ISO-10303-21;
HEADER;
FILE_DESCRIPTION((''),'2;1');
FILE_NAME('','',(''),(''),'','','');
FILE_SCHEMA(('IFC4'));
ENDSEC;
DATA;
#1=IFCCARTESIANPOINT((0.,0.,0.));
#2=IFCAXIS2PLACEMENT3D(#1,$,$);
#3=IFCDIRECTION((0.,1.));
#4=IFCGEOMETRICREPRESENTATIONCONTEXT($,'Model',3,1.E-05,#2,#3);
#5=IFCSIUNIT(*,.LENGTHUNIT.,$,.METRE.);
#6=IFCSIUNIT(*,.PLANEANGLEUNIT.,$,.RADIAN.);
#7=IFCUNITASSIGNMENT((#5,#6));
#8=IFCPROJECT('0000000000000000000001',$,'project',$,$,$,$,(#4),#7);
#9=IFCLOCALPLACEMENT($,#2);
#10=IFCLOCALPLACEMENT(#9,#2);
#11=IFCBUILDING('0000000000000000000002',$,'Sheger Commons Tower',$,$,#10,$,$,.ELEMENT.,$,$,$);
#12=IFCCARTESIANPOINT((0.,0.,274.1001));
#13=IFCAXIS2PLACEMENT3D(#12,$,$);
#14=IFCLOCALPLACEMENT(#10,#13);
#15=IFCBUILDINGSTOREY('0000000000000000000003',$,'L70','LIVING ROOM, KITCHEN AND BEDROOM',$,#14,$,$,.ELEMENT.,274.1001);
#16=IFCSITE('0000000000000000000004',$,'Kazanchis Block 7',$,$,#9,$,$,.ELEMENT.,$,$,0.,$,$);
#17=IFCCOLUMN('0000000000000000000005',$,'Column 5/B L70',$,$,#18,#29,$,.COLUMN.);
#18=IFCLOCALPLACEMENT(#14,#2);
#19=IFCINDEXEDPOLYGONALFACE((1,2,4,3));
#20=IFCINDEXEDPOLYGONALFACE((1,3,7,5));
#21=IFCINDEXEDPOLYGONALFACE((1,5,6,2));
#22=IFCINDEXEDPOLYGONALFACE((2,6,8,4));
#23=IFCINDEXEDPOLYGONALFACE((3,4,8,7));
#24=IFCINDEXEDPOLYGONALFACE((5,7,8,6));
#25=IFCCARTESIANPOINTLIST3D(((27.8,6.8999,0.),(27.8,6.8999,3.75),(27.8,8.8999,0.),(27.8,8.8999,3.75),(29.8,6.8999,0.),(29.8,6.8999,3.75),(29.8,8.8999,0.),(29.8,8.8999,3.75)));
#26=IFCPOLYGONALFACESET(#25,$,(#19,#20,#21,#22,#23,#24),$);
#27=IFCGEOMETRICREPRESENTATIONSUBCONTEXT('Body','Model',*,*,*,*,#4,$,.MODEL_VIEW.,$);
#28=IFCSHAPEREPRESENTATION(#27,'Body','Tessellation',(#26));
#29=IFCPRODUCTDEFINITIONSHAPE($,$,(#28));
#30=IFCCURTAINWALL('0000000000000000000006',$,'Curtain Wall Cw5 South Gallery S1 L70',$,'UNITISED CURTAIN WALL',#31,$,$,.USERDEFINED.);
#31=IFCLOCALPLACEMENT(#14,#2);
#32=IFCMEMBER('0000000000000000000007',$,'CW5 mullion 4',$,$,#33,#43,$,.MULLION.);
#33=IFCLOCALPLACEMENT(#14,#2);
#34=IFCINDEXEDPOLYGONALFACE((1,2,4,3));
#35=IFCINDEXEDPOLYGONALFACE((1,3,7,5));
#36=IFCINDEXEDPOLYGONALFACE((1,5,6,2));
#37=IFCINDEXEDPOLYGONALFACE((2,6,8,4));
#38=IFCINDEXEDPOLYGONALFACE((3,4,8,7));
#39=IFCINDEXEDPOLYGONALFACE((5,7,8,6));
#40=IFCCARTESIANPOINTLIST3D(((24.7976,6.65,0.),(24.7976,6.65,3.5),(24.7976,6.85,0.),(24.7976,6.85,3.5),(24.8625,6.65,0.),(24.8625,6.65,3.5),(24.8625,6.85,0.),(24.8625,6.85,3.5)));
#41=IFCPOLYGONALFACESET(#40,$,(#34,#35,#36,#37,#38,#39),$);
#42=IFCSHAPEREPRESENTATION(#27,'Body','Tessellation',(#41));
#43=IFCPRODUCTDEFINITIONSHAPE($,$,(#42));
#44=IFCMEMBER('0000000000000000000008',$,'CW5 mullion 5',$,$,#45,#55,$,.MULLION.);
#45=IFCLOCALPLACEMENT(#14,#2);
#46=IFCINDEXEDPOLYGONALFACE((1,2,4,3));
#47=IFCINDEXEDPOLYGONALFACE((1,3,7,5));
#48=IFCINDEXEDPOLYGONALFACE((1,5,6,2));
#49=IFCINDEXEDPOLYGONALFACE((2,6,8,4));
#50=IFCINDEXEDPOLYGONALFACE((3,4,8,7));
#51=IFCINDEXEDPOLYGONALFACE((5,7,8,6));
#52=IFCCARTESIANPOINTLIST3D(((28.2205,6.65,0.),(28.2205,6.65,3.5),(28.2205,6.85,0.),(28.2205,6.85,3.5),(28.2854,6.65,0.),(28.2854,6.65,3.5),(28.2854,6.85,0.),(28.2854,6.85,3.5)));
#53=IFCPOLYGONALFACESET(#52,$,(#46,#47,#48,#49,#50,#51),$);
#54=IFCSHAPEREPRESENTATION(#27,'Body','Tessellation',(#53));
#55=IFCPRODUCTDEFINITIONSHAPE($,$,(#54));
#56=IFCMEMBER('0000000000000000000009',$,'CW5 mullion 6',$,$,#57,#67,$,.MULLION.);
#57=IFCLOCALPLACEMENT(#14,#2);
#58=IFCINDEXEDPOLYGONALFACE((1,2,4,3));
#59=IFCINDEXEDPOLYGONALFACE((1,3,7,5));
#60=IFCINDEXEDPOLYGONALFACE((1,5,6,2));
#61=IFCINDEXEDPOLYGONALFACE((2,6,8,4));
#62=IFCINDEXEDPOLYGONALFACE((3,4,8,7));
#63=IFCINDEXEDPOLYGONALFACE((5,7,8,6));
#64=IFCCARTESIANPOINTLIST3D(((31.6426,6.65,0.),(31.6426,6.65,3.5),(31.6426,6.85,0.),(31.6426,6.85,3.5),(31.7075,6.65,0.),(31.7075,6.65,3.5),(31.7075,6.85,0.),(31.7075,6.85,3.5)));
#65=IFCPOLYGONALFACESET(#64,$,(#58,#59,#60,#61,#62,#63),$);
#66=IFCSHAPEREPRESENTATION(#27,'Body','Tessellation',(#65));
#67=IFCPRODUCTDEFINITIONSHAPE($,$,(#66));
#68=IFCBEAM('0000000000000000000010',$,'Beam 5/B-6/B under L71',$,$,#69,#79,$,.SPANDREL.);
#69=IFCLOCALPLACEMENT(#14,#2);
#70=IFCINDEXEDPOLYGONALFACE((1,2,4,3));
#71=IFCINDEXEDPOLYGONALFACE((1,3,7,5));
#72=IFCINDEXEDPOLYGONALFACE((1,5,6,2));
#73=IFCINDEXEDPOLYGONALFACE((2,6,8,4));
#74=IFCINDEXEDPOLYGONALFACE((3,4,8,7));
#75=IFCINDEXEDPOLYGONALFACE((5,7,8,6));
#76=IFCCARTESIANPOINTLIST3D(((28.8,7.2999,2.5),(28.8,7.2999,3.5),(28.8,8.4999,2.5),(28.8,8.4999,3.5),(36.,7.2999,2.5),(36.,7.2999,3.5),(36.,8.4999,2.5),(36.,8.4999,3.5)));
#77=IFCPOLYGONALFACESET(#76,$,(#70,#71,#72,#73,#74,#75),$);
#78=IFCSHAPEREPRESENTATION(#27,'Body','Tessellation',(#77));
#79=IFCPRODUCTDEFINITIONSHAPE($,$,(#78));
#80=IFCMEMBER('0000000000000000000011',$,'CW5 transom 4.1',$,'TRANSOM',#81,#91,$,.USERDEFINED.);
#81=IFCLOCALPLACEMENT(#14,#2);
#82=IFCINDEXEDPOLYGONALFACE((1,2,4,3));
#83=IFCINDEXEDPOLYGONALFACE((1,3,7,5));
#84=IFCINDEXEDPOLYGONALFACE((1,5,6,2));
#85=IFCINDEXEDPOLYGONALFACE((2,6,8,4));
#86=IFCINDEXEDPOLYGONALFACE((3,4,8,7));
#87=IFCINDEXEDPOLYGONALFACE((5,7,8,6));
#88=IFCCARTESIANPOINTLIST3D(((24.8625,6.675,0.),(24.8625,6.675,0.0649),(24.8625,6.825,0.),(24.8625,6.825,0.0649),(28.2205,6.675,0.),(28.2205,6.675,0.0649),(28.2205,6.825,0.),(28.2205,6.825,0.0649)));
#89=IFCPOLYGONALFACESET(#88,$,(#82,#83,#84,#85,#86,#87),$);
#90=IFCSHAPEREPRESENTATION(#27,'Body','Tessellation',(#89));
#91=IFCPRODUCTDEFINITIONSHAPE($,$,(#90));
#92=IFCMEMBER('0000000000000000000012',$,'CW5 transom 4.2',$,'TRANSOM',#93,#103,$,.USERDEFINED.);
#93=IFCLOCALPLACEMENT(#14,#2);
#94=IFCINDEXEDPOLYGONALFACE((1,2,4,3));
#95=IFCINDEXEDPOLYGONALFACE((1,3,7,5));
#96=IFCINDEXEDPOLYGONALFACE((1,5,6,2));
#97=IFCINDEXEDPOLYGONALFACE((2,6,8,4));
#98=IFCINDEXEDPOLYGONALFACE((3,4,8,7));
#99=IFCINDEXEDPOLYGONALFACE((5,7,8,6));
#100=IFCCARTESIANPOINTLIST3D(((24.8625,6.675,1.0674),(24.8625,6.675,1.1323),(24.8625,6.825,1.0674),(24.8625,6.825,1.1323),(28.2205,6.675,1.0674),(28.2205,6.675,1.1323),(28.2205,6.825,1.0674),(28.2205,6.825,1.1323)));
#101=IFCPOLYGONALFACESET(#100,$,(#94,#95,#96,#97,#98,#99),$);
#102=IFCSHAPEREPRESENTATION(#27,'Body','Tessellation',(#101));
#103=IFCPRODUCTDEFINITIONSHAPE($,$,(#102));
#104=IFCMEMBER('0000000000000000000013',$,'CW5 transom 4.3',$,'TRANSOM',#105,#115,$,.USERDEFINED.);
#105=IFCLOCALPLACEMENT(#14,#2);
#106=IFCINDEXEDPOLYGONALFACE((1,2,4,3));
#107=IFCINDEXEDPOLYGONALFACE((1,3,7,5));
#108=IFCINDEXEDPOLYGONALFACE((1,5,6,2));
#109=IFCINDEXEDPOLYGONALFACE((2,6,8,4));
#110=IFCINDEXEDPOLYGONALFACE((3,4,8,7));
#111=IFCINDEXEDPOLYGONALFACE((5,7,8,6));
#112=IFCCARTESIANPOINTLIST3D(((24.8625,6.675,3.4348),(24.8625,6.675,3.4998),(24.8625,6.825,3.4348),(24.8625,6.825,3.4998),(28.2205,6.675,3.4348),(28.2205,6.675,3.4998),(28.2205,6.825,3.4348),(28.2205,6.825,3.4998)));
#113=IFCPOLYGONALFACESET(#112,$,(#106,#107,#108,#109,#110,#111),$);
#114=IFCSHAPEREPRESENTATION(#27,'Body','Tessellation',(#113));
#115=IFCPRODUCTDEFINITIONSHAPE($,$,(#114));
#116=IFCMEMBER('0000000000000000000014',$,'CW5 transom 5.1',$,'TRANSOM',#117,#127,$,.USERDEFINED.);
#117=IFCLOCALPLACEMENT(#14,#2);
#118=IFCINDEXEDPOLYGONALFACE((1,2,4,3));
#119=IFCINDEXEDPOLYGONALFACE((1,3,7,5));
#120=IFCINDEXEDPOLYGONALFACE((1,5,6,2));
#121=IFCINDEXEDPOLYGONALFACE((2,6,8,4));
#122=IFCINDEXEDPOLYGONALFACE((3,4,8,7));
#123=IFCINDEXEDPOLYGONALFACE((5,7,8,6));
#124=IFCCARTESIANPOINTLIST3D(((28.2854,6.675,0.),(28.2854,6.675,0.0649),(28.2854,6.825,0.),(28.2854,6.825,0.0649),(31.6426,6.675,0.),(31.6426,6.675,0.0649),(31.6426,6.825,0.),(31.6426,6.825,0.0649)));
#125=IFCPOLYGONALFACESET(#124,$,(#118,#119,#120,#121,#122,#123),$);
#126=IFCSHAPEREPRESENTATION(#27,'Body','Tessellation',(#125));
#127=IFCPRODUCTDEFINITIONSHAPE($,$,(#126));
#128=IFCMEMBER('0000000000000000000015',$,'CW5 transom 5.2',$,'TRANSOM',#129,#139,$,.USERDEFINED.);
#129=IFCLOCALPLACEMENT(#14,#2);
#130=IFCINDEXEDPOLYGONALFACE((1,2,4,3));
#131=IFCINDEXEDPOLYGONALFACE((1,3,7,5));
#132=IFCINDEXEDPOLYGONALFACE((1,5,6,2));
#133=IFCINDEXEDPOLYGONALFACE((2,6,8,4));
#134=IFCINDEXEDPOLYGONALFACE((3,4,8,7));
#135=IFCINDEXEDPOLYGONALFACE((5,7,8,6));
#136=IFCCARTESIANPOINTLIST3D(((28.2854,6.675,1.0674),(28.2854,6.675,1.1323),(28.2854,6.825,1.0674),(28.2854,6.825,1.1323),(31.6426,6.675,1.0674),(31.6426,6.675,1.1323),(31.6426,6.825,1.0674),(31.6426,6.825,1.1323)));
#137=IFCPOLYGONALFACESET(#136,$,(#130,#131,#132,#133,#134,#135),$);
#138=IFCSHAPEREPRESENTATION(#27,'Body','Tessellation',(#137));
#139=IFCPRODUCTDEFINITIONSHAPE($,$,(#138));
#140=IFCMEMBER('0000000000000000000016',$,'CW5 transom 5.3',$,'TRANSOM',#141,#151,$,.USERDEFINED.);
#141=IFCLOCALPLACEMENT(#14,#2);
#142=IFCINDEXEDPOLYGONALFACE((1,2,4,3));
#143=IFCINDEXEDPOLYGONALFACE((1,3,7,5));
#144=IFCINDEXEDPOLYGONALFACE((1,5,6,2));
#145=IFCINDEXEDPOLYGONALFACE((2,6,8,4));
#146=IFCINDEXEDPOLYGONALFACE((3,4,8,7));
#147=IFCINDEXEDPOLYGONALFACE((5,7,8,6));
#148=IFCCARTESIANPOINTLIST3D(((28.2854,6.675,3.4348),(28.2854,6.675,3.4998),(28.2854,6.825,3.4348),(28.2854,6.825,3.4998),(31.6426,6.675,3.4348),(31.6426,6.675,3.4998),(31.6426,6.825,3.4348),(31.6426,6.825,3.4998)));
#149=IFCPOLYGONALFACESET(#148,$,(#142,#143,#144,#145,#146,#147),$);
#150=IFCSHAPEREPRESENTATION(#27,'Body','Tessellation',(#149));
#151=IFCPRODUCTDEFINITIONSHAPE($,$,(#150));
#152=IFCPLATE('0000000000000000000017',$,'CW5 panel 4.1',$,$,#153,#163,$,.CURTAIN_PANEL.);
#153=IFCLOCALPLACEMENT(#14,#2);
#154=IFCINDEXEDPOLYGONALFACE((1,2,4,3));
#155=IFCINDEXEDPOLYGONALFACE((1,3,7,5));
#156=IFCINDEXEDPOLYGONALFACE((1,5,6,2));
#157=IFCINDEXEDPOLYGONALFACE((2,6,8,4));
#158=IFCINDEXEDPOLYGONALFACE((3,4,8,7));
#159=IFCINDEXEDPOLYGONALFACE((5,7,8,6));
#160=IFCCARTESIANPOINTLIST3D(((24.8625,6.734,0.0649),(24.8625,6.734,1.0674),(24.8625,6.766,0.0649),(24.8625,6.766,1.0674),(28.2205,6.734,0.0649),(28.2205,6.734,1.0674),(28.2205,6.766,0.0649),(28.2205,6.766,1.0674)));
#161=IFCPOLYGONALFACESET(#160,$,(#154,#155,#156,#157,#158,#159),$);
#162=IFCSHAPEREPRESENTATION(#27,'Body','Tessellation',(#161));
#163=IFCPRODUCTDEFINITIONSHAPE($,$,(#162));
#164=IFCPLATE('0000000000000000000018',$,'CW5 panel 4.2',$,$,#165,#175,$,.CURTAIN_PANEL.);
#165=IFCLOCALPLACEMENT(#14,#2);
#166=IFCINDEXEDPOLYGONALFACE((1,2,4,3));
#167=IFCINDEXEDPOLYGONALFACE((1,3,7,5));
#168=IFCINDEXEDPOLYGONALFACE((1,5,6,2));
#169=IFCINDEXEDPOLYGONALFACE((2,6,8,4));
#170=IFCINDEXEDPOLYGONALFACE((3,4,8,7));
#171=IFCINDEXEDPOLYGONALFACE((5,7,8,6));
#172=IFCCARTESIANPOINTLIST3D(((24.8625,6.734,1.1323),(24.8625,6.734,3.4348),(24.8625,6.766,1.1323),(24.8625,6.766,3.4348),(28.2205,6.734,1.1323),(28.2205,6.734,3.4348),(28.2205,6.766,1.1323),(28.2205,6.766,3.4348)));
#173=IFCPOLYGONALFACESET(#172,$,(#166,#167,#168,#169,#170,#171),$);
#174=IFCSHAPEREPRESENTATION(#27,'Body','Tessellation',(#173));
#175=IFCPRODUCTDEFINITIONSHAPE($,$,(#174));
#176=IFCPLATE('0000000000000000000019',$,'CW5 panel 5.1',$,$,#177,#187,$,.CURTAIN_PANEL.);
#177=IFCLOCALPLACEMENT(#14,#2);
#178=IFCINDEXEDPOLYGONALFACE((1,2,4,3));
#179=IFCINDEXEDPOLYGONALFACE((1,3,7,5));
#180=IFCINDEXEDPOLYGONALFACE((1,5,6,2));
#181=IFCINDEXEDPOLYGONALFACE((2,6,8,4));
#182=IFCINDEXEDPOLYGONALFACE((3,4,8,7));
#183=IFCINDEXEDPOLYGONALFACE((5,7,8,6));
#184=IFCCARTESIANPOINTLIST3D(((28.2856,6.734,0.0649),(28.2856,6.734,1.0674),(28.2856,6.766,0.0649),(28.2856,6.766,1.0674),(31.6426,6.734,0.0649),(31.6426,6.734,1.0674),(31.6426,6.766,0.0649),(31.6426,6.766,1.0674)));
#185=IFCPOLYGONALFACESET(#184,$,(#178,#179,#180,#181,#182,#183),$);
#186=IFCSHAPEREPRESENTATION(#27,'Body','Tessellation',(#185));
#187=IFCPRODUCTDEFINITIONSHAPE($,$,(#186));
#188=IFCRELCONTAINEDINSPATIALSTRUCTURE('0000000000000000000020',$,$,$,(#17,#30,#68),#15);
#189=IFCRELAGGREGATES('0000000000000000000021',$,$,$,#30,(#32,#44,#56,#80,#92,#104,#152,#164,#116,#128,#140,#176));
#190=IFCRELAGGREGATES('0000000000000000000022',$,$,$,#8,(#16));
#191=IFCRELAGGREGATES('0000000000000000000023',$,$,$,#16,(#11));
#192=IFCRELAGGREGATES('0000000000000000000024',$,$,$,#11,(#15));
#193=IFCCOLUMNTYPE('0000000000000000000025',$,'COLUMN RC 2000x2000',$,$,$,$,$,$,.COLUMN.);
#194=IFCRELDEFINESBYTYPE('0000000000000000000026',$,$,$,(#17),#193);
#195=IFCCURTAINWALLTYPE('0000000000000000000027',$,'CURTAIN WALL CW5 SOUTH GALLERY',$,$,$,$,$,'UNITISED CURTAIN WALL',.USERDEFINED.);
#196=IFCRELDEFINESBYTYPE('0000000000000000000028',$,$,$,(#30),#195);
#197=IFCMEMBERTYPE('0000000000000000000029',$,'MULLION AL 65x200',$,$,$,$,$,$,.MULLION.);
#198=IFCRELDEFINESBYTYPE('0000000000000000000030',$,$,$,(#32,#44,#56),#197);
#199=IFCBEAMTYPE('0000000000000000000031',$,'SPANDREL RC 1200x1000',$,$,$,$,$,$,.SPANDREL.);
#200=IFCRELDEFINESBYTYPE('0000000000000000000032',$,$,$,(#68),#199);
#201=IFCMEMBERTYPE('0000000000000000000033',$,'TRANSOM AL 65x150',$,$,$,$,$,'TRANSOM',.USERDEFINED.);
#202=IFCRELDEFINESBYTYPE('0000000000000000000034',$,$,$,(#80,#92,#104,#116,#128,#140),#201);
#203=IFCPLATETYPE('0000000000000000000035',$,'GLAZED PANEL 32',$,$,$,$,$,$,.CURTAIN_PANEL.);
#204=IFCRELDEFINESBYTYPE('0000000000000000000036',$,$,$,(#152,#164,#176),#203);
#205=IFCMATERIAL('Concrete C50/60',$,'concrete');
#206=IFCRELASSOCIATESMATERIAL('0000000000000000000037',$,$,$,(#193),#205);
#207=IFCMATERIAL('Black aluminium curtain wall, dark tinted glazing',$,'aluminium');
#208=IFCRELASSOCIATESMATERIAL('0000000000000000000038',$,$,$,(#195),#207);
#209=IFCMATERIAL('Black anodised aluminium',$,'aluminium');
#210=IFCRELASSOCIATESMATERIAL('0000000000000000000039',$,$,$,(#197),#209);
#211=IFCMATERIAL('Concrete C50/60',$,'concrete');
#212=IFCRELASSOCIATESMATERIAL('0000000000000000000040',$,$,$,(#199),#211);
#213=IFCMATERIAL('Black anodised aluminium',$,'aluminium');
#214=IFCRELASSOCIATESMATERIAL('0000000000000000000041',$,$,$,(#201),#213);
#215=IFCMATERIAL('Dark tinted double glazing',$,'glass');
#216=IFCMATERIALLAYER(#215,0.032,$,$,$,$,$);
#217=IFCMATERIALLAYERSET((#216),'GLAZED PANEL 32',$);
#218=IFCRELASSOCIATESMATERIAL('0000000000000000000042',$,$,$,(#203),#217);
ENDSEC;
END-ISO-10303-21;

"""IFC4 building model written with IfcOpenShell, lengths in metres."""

from ifc_helpers import new_model, si_unit, direction, frame, origin, origin_2d, place, context, subcontext, project, spatial, rectangle, extrude, material, layer, layer_set, material_profile, profile_set, type_object, element, aggregate, save


model = new_model("IFC4")

# Units and contexts
model_context = context("Model", 3, precision=1e-05, world=origin(), true_north=direction((0.0, 1.0)))
body_context = subcontext(model_context, "Body", "Model", "MODEL_VIEW")
ifc_project = project(units=[si_unit("LENGTHUNIT", "METRE"), si_unit("PLANEANGLEUNIT", "RADIAN")], contexts=[model_context])

# Site, building, storey
site_placement = place(None, origin())
site = spatial("IfcSite", under=ifc_project, at=site_placement, Name="Kazanchis Block 7", CompositionType="ELEMENT", RefElevation=0.0)
building_placement = place(site_placement, origin())
building = spatial("IfcBuilding", under=site, at=building_placement, Name="Sheger Commons Tower", CompositionType="ELEMENT")
storey_placement = place(building_placement, frame((0.0, 0.0, 274.1001)))
storey = spatial("IfcBuildingStorey", under=building, at=storey_placement, Name="L70", Description="LIVING ROOM, KITCHEN AND BEDROOM", CompositionType="ELEMENT", Elevation=274.1001)

# Column
ifc_material_1 = material(Name="Concrete C50/60", Category="concrete")
ifc_material_profile_1 = material_profile(ifc_material_1, rectangle(XDim=2.0, YDim=2.0, at=origin_2d()), Name="RC 2000x2000")
ifc_profile_set_1 = profile_set([ifc_material_profile_1], Name="Concrete C50/60")
column_type = type_object("IfcColumnType", Name="COLUMN RC 2000x2000", PredefinedType="COLUMN", material=ifc_profile_set_1)
column_placement = place(storey_placement, frame((28.8, 7.8999, 0.0), z_axis=(0.0, 0.0, 1.0), x_axis=(1.0, 0.0, 0.0)))
element("IfcColumn", 1, at=column_placement, inside=storey, type_object=column_type, Name="Column 5/B L70", PredefinedType="COLUMN", context=body_context, shape_type="SweptSolid", body=[
    extrude(rectangle(XDim=2.0, YDim=2.0, at=origin_2d()), origin(), (0.0, 0.0, 1.0), 3.75),
])

# Curtain wall, members
ifc_material_2 = material(Name="Black aluminium curtain wall, dark tinted glazing", Category="aluminium")
curtain_wall_type = type_object("IfcCurtainWallType", Name="CURTAIN WALL CW5 SOUTH GALLERY", ElementType="UNITISED CURTAIN WALL", PredefinedType="USERDEFINED", material=ifc_material_2)
curtain_wall_placement = place(storey_placement, origin())
curtain_wall = element("IfcCurtainWall", 2, at=curtain_wall_placement, inside=storey, type_object=curtain_wall_type, Name="Curtain Wall Cw5 South Gallery S1 L70", ObjectType="UNITISED CURTAIN WALL", PredefinedType="USERDEFINED")
ifc_material_3 = material(Name="Black anodised aluminium", Category="aluminium")
ifc_material_profile_2 = material_profile(ifc_material_3, rectangle(XDim=0.2, YDim=0.0649, at=origin_2d()), Name="AL 65x200")
ifc_profile_set_2 = profile_set([ifc_material_profile_2], Name="Black anodised aluminium")
member_type_1 = type_object("IfcMemberType", Name="MULLION AL 65x200", PredefinedType="MULLION", material=ifc_profile_set_2)
member_1_placement = place(storey_placement, frame((24.8301, 6.75, 0.0), z_axis=(0.0, 0.0, 1.0), x_axis=(0.0, 1.0, 0.0)))
member_1 = element("IfcMember", 3, at=member_1_placement, type_object=member_type_1, Name="CW5 mullion 4", PredefinedType="MULLION", context=body_context, shape_type="SweptSolid", body=[
    extrude(rectangle(XDim=0.2, YDim=0.0649, at=origin_2d()), origin(), (0.0, 0.0, 1.0), 3.5),
])
member_2_placement = place(storey_placement, frame((28.2529, 6.75, 0.0), z_axis=(0.0, 0.0, 1.0), x_axis=(0.0, 1.0, 0.0)))
member_2 = element("IfcMember", 4, at=member_2_placement, type_object=member_type_1, Name="CW5 mullion 5", PredefinedType="MULLION", context=body_context, shape_type="SweptSolid", body=[
    extrude(rectangle(XDim=0.2, YDim=0.0649, at=origin_2d()), origin(), (0.0, 0.0, 1.0), 3.5),
])
member_3_placement = place(storey_placement, frame((31.675, 6.75, 0.0), z_axis=(0.0, 0.0, 1.0), x_axis=(0.0, 1.0, 0.0)))
member_3 = element("IfcMember", 5, at=member_3_placement, type_object=member_type_1, Name="CW5 mullion 6", PredefinedType="MULLION", context=body_context, shape_type="SweptSolid", body=[
    extrude(rectangle(XDim=0.2, YDim=0.0649, at=origin_2d()), origin(), (0.0, 0.0, 1.0), 3.5),
])

# Beam
ifc_material_4 = material(Name="Concrete C50/60", Category="concrete")
ifc_material_profile_3 = material_profile(ifc_material_4, rectangle(XDim=1.2, YDim=1.0, at=origin_2d()), Name="RC 1200x1000")
ifc_profile_set_3 = profile_set([ifc_material_profile_3], Name="Concrete C50/60")
beam_type = type_object("IfcBeamType", Name="SPANDREL RC 1200x1000", PredefinedType="SPANDREL", material=ifc_profile_set_3)
beam_placement = place(storey_placement, frame((28.8, 7.8999, 3.0), z_axis=(1.0, 0.0, 0.0), x_axis=(0.0, 1.0, 0.0)))
element("IfcBeam", 6, at=beam_placement, inside=storey, type_object=beam_type, Name="Beam 5/B-6/B under L71", PredefinedType="SPANDREL", context=body_context, shape_type="SweptSolid", body=[
    extrude(rectangle(XDim=1.2, YDim=1.0, at=origin_2d()), origin(), (0.0, 0.0, 1.0), 7.2),
])

# Members
ifc_material_5 = material(Name="Black anodised aluminium", Category="aluminium")
ifc_material_profile_4 = material_profile(ifc_material_5, rectangle(XDim=0.1499, YDim=0.0649, at=origin_2d()), Name="AL 65x150")
ifc_profile_set_4 = profile_set([ifc_material_profile_4], Name="Black anodised aluminium")
member_type_2 = type_object("IfcMemberType", Name="TRANSOM AL 65x150", ElementType="TRANSOM", PredefinedType="USERDEFINED", material=ifc_profile_set_4)
member_4_placement = place(storey_placement, frame((24.8625, 6.75, 0.0325), z_axis=(1.0, 0.0, 0.0), x_axis=(0.0, 1.0, 0.0)))
member_4 = element("IfcMember", 7, at=member_4_placement, type_object=member_type_2, Name="CW5 transom 4.1", ObjectType="TRANSOM", PredefinedType="USERDEFINED", context=body_context, shape_type="SweptSolid", body=[
    extrude(rectangle(XDim=0.1499, YDim=0.0649, at=origin_2d()), origin(), (0.0, 0.0, 1.0), 3.3579),
])
member_5_placement = place(storey_placement, frame((24.8625, 6.75, 1.0999), z_axis=(1.0, 0.0, 0.0), x_axis=(0.0, 1.0, 0.0)))
member_5 = element("IfcMember", 8, at=member_5_placement, type_object=member_type_2, Name="CW5 transom 4.2", ObjectType="TRANSOM", PredefinedType="USERDEFINED", context=body_context, shape_type="SweptSolid", body=[
    extrude(rectangle(XDim=0.1499, YDim=0.0649, at=origin_2d()), origin(), (0.0, 0.0, 1.0), 3.3579),
])
member_6_placement = place(storey_placement, frame((24.8625, 6.75, 3.4673), z_axis=(1.0, 0.0, 0.0), x_axis=(0.0, 1.0, 0.0)))
member_6 = element("IfcMember", 9, at=member_6_placement, type_object=member_type_2, Name="CW5 transom 4.3", ObjectType="TRANSOM", PredefinedType="USERDEFINED", context=body_context, shape_type="SweptSolid", body=[
    extrude(rectangle(XDim=0.1499, YDim=0.0649, at=origin_2d()), origin(), (0.0, 0.0, 1.0), 3.3579),
])
member_7_placement = place(storey_placement, frame((28.2854, 6.75, 0.0325), z_axis=(1.0, 0.0, 0.0), x_axis=(0.0, 1.0, 0.0)))
member_7 = element("IfcMember", 10, at=member_7_placement, type_object=member_type_2, Name="CW5 transom 5.1", ObjectType="TRANSOM", PredefinedType="USERDEFINED", context=body_context, shape_type="SweptSolid", body=[
    extrude(rectangle(XDim=0.1499, YDim=0.0649, at=origin_2d()), origin(), (0.0, 0.0, 1.0), 3.3572),
])
member_8_placement = place(storey_placement, frame((28.2854, 6.75, 1.0999), z_axis=(1.0, 0.0, 0.0), x_axis=(0.0, 1.0, 0.0)))
member_8 = element("IfcMember", 11, at=member_8_placement, type_object=member_type_2, Name="CW5 transom 5.2", ObjectType="TRANSOM", PredefinedType="USERDEFINED", context=body_context, shape_type="SweptSolid", body=[
    extrude(rectangle(XDim=0.1499, YDim=0.0649, at=origin_2d()), origin(), (0.0, 0.0, 1.0), 3.3572),
])
member_9_placement = place(storey_placement, frame((28.2854, 6.75, 3.4673), z_axis=(1.0, 0.0, 0.0), x_axis=(0.0, 1.0, 0.0)))
member_9 = element("IfcMember", 12, at=member_9_placement, type_object=member_type_2, Name="CW5 transom 5.3", ObjectType="TRANSOM", PredefinedType="USERDEFINED", context=body_context, shape_type="SweptSolid", body=[
    extrude(rectangle(XDim=0.1499, YDim=0.0649, at=origin_2d()), origin(), (0.0, 0.0, 1.0), 3.3572),
])

# Plates
ifc_material_6 = material(Name="Dark tinted double glazing", Category="glass")
ifc_layer_1 = layer(ifc_material_6, 0.032)
ifc_layer_set_1 = layer_set([ifc_layer_1], Name="GLAZED PANEL 32")
plate_type_1 = type_object("IfcPlateType", Name="GLAZED PANEL 32", PredefinedType="CURTAIN_PANEL", material=ifc_layer_set_1)
plate_1_placement = place(storey_placement, frame((26.5415, 6.75, 0.0649), z_axis=(0.0, 0.0, 1.0), x_axis=(1.0, 0.0, 0.0)))
plate_1 = element("IfcPlate", 13, at=plate_1_placement, type_object=plate_type_1, Name="CW5 panel 4.1", PredefinedType="CURTAIN_PANEL", context=body_context, shape_type="SweptSolid", body=[
    extrude(rectangle(XDim=3.3579, YDim=0.032, at=origin_2d()), origin(), (0.0, 0.0, 1.0), 1.0024),
])
plate_2_placement = place(storey_placement, frame((26.5415, 6.75, 1.1323), z_axis=(0.0, 0.0, 1.0), x_axis=(1.0, 0.0, 0.0)))
plate_2 = element("IfcPlate", 14, at=plate_2_placement, type_object=plate_type_1, Name="CW5 panel 4.2", PredefinedType="CURTAIN_PANEL", context=body_context, shape_type="SweptSolid", body=[
    extrude(rectangle(XDim=3.3579, YDim=0.032, at=origin_2d()), origin(), (0.0, 0.0, 1.0), 2.3025),
])
plate_3_placement = place(storey_placement, frame((29.9641, 6.75, 0.0649), z_axis=(0.0, 0.0, 1.0), x_axis=(1.0, 0.0, 0.0)))
plate_3 = element("IfcPlate", 15, at=plate_3_placement, type_object=plate_type_1, Name="CW5 panel 5.1", PredefinedType="CURTAIN_PANEL", context=body_context, shape_type="SweptSolid", body=[
    extrude(rectangle(XDim=3.3569, YDim=0.032, at=origin_2d()), origin(), (0.0, 0.0, 1.0), 1.0024),
])
aggregate(curtain_wall, [member_1, member_2, member_3, member_4, member_5, member_6, plate_1, plate_2, member_7, member_8, member_9, plate_3])

save(model, "model.ifc")
